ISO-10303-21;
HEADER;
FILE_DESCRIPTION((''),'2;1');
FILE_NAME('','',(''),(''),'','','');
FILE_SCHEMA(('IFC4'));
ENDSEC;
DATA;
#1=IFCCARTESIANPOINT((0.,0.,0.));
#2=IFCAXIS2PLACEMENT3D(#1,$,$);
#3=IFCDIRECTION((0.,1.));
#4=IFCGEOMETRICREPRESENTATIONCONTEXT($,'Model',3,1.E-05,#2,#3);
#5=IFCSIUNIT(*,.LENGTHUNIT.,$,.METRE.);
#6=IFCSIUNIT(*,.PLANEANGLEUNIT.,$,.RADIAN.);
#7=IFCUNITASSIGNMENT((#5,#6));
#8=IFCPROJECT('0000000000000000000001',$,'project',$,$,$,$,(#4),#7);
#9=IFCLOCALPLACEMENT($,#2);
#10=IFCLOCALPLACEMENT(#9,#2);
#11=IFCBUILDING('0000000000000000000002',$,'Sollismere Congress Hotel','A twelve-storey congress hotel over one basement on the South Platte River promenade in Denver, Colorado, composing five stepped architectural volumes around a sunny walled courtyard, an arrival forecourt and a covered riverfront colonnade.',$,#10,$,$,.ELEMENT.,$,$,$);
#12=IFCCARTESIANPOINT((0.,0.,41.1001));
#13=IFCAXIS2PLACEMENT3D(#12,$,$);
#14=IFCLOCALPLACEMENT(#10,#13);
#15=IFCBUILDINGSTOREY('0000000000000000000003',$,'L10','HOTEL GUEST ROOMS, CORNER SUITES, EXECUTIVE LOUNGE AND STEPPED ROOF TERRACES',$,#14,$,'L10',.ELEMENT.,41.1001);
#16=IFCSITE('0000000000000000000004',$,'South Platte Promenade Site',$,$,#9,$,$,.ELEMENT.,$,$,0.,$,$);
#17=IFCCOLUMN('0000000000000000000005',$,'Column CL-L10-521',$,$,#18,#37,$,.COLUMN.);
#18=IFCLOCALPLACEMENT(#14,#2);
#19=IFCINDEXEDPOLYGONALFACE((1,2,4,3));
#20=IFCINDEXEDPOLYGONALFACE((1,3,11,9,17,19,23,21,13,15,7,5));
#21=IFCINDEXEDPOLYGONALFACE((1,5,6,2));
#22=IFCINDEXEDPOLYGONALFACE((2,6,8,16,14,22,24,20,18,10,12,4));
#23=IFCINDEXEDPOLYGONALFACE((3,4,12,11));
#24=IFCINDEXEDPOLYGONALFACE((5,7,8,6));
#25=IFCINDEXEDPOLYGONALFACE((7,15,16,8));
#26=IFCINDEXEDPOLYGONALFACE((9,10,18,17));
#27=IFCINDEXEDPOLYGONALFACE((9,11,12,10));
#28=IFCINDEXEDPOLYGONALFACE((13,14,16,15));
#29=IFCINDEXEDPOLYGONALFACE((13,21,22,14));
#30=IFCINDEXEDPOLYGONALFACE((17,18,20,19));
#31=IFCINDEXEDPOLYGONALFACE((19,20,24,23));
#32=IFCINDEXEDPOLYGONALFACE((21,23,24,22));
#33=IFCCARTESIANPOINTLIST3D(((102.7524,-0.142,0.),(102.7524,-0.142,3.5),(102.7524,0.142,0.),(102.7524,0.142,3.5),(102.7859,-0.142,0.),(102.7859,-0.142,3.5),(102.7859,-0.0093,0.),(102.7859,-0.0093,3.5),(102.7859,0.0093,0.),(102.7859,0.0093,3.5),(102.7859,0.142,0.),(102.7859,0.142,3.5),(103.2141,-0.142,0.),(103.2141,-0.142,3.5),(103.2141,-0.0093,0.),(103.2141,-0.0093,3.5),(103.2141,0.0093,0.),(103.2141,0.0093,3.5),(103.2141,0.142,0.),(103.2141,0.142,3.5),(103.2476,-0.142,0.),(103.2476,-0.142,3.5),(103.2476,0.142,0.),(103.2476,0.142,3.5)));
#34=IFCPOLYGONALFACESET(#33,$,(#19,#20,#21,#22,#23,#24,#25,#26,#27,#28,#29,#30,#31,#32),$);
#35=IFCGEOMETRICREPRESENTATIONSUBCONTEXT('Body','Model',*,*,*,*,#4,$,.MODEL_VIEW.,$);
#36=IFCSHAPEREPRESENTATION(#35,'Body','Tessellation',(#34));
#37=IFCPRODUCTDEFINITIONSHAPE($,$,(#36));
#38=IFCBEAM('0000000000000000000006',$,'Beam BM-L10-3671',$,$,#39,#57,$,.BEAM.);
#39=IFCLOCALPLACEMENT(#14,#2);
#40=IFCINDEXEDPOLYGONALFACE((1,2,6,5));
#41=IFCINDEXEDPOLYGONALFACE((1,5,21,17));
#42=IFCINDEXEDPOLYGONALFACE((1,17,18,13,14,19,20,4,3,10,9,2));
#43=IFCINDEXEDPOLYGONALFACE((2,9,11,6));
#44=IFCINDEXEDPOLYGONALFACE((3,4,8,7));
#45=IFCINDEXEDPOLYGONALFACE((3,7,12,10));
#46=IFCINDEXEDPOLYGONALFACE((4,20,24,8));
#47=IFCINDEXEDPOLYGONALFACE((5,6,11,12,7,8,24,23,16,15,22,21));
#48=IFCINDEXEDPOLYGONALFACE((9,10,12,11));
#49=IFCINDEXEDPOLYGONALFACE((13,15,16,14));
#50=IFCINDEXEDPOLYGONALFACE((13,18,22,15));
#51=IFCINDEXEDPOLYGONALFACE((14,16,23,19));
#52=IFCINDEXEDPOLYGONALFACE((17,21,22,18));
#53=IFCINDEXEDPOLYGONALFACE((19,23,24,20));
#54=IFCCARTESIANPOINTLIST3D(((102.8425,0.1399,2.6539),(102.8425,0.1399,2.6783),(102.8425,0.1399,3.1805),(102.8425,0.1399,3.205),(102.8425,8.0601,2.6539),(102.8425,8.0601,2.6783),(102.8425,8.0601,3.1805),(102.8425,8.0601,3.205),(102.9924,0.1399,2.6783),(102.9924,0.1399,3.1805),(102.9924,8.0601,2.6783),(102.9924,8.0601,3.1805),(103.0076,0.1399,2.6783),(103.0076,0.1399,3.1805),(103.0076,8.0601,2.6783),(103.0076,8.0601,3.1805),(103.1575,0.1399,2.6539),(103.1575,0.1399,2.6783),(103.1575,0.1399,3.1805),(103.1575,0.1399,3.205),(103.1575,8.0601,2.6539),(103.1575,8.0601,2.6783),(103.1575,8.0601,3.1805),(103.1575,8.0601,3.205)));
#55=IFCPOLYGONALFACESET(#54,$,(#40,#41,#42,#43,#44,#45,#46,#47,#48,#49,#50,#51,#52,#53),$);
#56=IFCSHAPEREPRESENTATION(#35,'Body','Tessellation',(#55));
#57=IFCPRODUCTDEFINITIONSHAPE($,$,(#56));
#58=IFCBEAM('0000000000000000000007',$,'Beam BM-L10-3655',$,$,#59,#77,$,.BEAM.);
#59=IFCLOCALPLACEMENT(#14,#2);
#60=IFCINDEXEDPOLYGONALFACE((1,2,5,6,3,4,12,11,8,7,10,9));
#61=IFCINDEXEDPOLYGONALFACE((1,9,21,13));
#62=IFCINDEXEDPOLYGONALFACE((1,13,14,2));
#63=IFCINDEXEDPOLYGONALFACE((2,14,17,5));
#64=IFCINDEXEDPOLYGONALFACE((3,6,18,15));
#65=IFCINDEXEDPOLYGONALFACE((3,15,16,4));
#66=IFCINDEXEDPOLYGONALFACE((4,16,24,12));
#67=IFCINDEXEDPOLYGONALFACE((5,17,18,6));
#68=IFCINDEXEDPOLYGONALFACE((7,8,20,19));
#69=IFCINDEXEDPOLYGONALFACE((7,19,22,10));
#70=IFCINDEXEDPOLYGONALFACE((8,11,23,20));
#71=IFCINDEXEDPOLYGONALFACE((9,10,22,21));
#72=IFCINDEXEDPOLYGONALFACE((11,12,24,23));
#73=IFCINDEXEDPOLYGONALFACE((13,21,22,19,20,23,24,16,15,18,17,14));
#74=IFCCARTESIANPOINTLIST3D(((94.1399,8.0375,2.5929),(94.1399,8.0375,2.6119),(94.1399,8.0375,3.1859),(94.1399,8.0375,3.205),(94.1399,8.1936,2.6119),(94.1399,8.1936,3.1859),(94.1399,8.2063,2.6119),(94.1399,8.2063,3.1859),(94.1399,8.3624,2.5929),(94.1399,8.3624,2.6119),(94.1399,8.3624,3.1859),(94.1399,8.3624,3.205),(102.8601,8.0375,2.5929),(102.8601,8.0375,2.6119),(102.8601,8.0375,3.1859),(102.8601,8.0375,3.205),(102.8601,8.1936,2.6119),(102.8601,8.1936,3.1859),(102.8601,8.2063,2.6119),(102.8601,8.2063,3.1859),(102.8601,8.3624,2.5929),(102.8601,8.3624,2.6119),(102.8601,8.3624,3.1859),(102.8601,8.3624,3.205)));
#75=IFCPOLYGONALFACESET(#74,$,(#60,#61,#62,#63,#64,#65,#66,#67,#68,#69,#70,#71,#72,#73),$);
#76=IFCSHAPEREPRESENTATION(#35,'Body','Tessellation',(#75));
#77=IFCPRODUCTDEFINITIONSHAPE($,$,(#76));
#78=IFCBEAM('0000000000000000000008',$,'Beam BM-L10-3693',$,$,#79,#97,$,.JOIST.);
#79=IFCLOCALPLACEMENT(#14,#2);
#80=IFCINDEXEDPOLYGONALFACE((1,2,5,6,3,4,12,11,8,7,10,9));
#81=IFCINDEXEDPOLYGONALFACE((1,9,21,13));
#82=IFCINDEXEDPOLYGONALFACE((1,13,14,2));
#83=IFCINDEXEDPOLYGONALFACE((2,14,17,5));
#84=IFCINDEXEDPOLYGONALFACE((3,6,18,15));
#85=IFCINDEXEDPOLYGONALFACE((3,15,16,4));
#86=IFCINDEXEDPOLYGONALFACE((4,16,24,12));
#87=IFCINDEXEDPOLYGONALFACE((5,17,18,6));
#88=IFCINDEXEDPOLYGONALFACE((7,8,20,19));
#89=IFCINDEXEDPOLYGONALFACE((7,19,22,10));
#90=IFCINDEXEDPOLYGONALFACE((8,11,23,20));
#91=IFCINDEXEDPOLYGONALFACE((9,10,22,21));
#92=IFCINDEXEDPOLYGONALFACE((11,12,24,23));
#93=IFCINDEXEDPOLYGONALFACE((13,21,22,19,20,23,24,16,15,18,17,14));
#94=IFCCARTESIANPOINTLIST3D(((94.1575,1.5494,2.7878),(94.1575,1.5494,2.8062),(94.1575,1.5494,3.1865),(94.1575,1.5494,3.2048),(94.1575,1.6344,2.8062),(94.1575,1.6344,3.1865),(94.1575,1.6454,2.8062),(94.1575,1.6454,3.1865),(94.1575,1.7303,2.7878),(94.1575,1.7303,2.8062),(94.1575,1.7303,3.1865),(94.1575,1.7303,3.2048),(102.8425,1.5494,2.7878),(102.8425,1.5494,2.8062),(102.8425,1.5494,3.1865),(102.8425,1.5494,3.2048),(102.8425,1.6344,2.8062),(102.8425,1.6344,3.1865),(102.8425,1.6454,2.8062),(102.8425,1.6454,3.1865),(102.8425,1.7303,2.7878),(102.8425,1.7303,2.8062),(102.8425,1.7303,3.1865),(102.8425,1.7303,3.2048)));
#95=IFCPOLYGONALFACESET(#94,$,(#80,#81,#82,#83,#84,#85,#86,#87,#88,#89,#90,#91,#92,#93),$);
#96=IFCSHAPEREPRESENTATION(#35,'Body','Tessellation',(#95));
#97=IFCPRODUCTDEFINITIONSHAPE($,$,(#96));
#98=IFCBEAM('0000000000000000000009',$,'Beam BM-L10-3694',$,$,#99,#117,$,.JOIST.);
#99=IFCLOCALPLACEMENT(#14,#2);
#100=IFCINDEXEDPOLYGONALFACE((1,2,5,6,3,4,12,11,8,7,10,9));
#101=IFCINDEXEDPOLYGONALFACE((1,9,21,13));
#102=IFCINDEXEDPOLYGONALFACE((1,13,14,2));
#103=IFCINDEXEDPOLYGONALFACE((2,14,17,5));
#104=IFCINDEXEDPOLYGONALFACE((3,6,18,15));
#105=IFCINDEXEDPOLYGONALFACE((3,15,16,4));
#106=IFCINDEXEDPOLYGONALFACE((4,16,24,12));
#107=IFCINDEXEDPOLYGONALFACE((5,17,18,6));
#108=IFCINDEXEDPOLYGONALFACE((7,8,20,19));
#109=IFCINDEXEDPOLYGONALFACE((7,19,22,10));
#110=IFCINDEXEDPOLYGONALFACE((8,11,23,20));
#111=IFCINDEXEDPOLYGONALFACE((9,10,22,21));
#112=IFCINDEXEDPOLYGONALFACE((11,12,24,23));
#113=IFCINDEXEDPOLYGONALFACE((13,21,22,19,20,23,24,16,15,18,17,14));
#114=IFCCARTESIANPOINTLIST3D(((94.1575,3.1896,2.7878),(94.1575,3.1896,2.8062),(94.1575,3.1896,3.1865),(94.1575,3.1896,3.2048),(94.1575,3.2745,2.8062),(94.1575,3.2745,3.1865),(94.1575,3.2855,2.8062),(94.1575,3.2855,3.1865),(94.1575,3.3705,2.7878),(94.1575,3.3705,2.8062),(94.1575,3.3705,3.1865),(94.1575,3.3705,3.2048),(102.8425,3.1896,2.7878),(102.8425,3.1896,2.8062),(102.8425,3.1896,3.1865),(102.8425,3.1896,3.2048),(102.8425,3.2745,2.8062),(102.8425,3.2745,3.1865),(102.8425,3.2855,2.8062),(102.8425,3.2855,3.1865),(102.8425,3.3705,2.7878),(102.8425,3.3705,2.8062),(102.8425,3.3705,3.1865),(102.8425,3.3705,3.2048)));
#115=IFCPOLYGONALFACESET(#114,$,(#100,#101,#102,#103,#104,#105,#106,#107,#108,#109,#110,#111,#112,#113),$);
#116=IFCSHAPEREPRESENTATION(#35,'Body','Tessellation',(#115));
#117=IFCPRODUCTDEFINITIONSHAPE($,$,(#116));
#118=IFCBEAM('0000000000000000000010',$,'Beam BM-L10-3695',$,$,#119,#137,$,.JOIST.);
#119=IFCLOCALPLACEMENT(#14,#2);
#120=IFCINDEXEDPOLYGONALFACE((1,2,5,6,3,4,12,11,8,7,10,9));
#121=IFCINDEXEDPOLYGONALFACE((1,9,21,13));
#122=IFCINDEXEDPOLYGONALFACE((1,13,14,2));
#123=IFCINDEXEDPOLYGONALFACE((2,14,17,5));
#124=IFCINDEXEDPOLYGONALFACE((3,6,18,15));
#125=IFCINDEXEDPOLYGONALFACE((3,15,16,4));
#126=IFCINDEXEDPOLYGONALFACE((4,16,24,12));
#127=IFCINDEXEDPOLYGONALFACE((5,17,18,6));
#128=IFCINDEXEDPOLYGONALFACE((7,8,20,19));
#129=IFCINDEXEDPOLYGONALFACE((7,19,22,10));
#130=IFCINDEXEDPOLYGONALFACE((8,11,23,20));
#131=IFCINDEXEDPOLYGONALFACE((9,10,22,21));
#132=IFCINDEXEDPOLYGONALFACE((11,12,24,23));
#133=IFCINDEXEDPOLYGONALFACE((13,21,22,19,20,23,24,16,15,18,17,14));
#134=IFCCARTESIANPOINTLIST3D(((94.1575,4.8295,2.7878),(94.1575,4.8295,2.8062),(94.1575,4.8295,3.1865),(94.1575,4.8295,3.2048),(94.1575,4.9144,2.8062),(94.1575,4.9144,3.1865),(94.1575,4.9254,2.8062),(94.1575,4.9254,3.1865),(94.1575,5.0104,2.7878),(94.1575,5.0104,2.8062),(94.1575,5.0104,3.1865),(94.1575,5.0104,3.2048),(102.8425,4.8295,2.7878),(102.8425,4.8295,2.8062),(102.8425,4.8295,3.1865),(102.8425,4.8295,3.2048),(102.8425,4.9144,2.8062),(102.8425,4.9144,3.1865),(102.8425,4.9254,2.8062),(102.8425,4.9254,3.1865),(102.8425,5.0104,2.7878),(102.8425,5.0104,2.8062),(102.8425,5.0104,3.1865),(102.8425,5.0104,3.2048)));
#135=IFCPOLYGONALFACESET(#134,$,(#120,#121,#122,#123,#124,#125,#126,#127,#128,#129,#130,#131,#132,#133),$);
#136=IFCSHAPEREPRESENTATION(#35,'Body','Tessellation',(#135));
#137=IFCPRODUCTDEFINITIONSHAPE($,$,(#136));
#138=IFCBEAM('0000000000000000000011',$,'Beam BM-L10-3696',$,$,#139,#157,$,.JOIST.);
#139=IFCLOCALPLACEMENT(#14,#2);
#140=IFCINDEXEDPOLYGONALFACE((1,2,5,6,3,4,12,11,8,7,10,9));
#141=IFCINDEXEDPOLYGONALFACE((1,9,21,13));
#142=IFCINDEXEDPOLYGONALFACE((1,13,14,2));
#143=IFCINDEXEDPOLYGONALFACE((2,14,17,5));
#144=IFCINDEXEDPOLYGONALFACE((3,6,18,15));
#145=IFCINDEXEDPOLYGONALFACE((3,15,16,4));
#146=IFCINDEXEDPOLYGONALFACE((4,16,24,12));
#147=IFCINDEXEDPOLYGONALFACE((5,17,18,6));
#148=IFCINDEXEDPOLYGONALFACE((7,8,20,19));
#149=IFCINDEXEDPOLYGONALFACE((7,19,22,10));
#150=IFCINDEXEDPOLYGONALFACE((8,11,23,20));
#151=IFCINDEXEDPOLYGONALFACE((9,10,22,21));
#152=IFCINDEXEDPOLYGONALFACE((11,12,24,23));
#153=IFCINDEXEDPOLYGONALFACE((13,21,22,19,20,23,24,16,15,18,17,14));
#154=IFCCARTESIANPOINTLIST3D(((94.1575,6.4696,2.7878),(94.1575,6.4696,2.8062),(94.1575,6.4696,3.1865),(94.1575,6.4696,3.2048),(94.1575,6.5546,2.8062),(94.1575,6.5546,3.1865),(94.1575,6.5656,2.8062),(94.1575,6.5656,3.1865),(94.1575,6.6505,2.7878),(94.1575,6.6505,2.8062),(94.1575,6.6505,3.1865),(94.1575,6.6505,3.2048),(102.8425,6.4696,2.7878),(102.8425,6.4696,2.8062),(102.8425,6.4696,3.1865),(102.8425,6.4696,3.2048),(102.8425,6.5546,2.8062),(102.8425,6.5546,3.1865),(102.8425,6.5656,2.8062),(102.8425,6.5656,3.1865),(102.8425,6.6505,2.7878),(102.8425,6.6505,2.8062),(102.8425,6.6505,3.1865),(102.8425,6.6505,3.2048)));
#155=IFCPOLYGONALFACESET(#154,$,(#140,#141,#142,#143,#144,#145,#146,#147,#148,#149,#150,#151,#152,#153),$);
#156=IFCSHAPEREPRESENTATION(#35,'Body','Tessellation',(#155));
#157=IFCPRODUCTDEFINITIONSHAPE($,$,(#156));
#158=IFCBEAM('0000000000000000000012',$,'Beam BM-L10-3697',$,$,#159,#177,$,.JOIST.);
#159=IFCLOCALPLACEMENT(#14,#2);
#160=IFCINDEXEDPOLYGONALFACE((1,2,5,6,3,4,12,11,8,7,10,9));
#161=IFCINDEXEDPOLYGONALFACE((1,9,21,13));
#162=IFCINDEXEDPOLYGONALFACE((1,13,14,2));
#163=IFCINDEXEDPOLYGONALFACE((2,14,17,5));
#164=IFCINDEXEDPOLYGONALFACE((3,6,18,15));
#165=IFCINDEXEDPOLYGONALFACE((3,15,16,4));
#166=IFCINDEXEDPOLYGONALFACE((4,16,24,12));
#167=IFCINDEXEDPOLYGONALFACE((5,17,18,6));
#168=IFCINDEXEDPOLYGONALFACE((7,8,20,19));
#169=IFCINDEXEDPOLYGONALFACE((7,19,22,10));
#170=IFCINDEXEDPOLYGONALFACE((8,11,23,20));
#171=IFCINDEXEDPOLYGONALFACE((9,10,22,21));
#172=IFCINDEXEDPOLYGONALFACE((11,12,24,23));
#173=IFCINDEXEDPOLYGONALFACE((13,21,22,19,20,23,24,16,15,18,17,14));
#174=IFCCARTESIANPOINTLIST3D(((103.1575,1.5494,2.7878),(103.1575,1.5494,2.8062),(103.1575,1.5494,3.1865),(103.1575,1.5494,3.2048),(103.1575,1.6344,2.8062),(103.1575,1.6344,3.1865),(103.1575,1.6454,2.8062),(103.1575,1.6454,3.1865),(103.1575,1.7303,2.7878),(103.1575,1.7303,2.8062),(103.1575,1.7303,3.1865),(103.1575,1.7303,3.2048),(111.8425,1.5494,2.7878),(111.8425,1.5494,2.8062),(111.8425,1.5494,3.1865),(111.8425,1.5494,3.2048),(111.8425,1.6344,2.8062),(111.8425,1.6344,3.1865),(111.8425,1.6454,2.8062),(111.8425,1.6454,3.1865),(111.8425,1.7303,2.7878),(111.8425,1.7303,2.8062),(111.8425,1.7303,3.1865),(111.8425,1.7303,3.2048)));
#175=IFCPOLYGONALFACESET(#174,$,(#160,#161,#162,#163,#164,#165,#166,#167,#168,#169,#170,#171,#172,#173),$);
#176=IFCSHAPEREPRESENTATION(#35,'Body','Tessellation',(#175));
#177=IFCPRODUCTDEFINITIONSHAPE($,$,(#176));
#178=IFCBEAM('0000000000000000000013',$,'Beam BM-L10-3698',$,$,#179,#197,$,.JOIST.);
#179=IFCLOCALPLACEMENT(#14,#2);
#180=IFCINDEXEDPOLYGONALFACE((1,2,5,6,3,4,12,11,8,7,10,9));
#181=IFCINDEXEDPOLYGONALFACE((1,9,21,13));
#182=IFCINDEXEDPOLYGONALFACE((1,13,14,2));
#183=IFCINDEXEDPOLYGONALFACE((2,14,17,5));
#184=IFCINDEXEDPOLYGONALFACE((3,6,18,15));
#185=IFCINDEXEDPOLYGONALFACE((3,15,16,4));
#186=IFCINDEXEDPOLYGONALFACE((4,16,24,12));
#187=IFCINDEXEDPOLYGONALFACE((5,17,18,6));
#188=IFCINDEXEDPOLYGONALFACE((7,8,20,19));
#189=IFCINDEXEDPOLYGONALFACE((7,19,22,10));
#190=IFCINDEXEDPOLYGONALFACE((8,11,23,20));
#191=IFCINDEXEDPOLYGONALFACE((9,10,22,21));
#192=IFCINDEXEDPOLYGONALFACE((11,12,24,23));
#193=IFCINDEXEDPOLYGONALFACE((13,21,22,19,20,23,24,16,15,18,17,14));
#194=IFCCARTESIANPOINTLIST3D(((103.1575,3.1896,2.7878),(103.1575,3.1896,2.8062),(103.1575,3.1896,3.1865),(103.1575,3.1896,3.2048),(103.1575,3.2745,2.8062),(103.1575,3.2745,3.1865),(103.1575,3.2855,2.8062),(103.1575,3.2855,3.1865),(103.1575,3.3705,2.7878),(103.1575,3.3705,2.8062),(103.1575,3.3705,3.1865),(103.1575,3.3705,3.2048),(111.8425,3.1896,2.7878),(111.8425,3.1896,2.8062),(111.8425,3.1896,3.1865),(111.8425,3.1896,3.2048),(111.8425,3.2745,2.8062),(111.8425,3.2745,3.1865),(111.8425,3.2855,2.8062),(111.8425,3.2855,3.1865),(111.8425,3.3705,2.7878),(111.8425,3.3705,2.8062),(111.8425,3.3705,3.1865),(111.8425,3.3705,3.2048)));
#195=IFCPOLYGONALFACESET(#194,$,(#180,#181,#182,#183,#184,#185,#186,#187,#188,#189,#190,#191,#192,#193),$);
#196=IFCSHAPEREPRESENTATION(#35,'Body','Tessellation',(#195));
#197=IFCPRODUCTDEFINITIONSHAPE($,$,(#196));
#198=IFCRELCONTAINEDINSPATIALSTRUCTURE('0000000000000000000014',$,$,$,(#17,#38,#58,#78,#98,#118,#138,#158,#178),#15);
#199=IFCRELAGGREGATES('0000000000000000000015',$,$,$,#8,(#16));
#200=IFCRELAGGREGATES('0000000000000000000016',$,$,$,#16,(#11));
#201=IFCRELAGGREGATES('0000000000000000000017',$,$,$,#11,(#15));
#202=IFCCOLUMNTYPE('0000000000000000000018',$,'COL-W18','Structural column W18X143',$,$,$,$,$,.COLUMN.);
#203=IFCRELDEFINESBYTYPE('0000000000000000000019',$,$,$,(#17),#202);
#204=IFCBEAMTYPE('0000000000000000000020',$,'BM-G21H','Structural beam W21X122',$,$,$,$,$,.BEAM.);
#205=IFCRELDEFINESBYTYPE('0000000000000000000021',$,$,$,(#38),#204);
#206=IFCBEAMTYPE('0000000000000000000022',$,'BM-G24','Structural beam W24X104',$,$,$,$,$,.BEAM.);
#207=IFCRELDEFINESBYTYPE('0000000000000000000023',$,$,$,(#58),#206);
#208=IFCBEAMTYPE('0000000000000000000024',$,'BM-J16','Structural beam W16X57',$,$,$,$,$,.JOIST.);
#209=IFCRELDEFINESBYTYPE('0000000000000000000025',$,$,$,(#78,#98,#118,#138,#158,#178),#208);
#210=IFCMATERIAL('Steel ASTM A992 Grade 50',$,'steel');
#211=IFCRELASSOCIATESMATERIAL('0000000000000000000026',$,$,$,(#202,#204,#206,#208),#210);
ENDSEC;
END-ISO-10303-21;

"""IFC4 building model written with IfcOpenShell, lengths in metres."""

from ifc_helpers import new_model, si_unit, direction, frame, origin, origin_2d, place, context, subcontext, project, spatial, i_section, extrude, material, material_profile, profile_set, type_object, element, save


model = new_model("IFC4")

# Units and contexts
model_context = context("Model", 3, precision=1e-05, world=origin(), true_north=direction((0.0, 1.0)))
body_context = subcontext(model_context, "Body", "Model", "MODEL_VIEW")
ifc_project = project(units=[si_unit("LENGTHUNIT", "METRE"), si_unit("PLANEANGLEUNIT", "RADIAN")], contexts=[model_context])

# Site, building, storey
site_placement = place(None, origin())
site = spatial("IfcSite", under=ifc_project, at=site_placement, Name="South Platte Promenade Site", CompositionType="ELEMENT", RefElevation=0.0)
building_placement = place(site_placement, origin())
building = spatial("IfcBuilding", under=site, at=building_placement, Name="Sollismere Congress Hotel", Description="A twelve-storey congress hotel over one basement on the South Platte River promenade in Denver, Colorado, composing five stepped architectural volumes around a sunny walled courtyard, an arrival forecourt and a covered riverfront colonnade.", CompositionType="ELEMENT")
storey_placement = place(building_placement, frame((0.0, 0.0, 41.1001)))
storey = spatial("IfcBuildingStorey", under=building, at=storey_placement, Name="L10", Description="HOTEL GUEST ROOMS, CORNER SUITES, EXECUTIVE LOUNGE AND STEPPED ROOF TERRACES", LongName="L10", CompositionType="ELEMENT", Elevation=41.1001)

# Column
ifc_material_1 = material(Name="Steel ASTM A992 Grade 50", Category="steel")
ifc_material_profile_1 = material_profile(ifc_material_1, i_section(OverallWidth=0.2839, OverallDepth=0.4951, WebThickness=0.0186, FlangeThickness=0.0334, at=origin_2d()), Name="W18X143")
ifc_profile_set_1 = profile_set([ifc_material_profile_1], Name="Steel ASTM A992 Grade 50")
column_type = type_object("IfcColumnType", Name="COL-W18", Description="Structural column W18X143", PredefinedType="COLUMN", material=ifc_profile_set_1)
column_placement = place(storey_placement, frame((103.0, 0.0, 0.0), z_axis=(0.0, 0.0, 1.0), x_axis=(0.0, 1.0, 0.0)))
element("IfcColumn", 1, at=column_placement, inside=storey, type_object=column_type, Name="Column CL-L10-521", PredefinedType="COLUMN", context=body_context, shape_type="SweptSolid", body=[
    extrude(i_section(OverallWidth=0.2839, OverallDepth=0.4951, WebThickness=0.0186, FlangeThickness=0.0334, at=origin_2d()), origin(), (0.0, 0.0, 1.0), 3.5),
])

# Beams
ifc_material_profile_2 = material_profile(ifc_material_1, i_section(OverallWidth=0.3149, OverallDepth=0.551, WebThickness=0.0151, FlangeThickness=0.0244, at=origin_2d()), Name="W21X122")
ifc_profile_set_2 = profile_set([ifc_material_profile_2], Name="Steel ASTM A992 Grade 50")
beam_type_1 = type_object("IfcBeamType", Name="BM-G21H", Description="Structural beam W21X122", PredefinedType="BEAM", material=ifc_profile_set_2)
beam_1_placement = place(storey_placement, frame((103.0, 0.1399, 2.9294), z_axis=(0.0, 1.0, 0.0), x_axis=(-1.0, 0.0, 0.0)))
element("IfcBeam", 2, at=beam_1_placement, inside=storey, type_object=beam_type_1, Name="Beam BM-L10-3671", PredefinedType="BEAM", context=body_context, shape_type="SweptSolid", body=[
    extrude(i_section(OverallWidth=0.3149, OverallDepth=0.551, WebThickness=0.0151, FlangeThickness=0.0244, at=origin_2d()), origin(), (0.0, 0.0, 1.0), 7.9202),
])
ifc_material_profile_3 = material_profile(ifc_material_1, i_section(OverallWidth=0.325, OverallDepth=0.6121, WebThickness=0.0127, FlangeThickness=0.019, at=origin_2d()), Name="W24X104")
ifc_profile_set_3 = profile_set([ifc_material_profile_3], Name="Steel ASTM A992 Grade 50")
beam_type_2 = type_object("IfcBeamType", Name="BM-G24", Description="Structural beam W24X104", PredefinedType="BEAM", material=ifc_profile_set_3)
beam_2_placement = place(storey_placement, frame((94.1399, 8.2, 2.8989), z_axis=(1.0, 0.0, 0.0), x_axis=(0.0, 1.0, 0.0)))
element("IfcBeam", 3, at=beam_2_placement, inside=storey, type_object=beam_type_2, Name="Beam BM-L10-3655", PredefinedType="BEAM", context=body_context, shape_type="SweptSolid", body=[
    extrude(i_section(OverallWidth=0.325, OverallDepth=0.6121, WebThickness=0.0127, FlangeThickness=0.019, at=origin_2d()), origin(), (0.0, 0.0, 1.0), 8.7202),
])
ifc_material_profile_4 = material_profile(ifc_material_1, i_section(OverallWidth=0.1809, OverallDepth=0.417, WebThickness=0.011, FlangeThickness=0.0183, at=origin_2d()), Name="W16X57")
ifc_profile_set_4 = profile_set([ifc_material_profile_4], Name="Steel ASTM A992 Grade 50")
beam_type_3 = type_object("IfcBeamType", Name="BM-J16", Description="Structural beam W16X57", PredefinedType="JOIST", material=ifc_profile_set_4)
for number, where, z_axis, x_axis, name in (
    (4, (94.1575, 1.6399, 2.9963), (1.0, 0.0, 0.0), (0.0, 1.0, 0.0), "Beam BM-L10-3693"),
    (5, (94.1575, 3.28, 2.9963), (1.0, 0.0, 0.0), (0.0, 1.0, 0.0), "Beam BM-L10-3694"),
    (6, (94.1575, 4.9199, 2.9963), (1.0, 0.0, 0.0), (0.0, 1.0, 0.0), "Beam BM-L10-3695"),
    (7, (94.1575, 6.5601, 2.9963), (1.0, 0.0, 0.0), (0.0, 1.0, 0.0), "Beam BM-L10-3696"),
    (8, (103.1575, 1.6399, 2.9963), (1.0, 0.0, 0.0), (0.0, 1.0, 0.0), "Beam BM-L10-3697"),
    (9, (103.1575, 3.28, 2.9963), (1.0, 0.0, 0.0), (0.0, 1.0, 0.0), "Beam BM-L10-3698"),
):
    element("IfcBeam", number, at=place(storey_placement, frame(where, z_axis=z_axis, x_axis=x_axis)), inside=storey, type_object=beam_type_3, Name=name, PredefinedType="JOIST", context=body_context, shape_type="SweptSolid", body=[
        extrude(i_section(OverallWidth=0.1809, OverallDepth=0.417, WebThickness=0.011, FlangeThickness=0.0183, at=origin_2d()), origin(), (0.0, 0.0, 1.0), 8.6851),
    ])

save(model, "model.ifc")
